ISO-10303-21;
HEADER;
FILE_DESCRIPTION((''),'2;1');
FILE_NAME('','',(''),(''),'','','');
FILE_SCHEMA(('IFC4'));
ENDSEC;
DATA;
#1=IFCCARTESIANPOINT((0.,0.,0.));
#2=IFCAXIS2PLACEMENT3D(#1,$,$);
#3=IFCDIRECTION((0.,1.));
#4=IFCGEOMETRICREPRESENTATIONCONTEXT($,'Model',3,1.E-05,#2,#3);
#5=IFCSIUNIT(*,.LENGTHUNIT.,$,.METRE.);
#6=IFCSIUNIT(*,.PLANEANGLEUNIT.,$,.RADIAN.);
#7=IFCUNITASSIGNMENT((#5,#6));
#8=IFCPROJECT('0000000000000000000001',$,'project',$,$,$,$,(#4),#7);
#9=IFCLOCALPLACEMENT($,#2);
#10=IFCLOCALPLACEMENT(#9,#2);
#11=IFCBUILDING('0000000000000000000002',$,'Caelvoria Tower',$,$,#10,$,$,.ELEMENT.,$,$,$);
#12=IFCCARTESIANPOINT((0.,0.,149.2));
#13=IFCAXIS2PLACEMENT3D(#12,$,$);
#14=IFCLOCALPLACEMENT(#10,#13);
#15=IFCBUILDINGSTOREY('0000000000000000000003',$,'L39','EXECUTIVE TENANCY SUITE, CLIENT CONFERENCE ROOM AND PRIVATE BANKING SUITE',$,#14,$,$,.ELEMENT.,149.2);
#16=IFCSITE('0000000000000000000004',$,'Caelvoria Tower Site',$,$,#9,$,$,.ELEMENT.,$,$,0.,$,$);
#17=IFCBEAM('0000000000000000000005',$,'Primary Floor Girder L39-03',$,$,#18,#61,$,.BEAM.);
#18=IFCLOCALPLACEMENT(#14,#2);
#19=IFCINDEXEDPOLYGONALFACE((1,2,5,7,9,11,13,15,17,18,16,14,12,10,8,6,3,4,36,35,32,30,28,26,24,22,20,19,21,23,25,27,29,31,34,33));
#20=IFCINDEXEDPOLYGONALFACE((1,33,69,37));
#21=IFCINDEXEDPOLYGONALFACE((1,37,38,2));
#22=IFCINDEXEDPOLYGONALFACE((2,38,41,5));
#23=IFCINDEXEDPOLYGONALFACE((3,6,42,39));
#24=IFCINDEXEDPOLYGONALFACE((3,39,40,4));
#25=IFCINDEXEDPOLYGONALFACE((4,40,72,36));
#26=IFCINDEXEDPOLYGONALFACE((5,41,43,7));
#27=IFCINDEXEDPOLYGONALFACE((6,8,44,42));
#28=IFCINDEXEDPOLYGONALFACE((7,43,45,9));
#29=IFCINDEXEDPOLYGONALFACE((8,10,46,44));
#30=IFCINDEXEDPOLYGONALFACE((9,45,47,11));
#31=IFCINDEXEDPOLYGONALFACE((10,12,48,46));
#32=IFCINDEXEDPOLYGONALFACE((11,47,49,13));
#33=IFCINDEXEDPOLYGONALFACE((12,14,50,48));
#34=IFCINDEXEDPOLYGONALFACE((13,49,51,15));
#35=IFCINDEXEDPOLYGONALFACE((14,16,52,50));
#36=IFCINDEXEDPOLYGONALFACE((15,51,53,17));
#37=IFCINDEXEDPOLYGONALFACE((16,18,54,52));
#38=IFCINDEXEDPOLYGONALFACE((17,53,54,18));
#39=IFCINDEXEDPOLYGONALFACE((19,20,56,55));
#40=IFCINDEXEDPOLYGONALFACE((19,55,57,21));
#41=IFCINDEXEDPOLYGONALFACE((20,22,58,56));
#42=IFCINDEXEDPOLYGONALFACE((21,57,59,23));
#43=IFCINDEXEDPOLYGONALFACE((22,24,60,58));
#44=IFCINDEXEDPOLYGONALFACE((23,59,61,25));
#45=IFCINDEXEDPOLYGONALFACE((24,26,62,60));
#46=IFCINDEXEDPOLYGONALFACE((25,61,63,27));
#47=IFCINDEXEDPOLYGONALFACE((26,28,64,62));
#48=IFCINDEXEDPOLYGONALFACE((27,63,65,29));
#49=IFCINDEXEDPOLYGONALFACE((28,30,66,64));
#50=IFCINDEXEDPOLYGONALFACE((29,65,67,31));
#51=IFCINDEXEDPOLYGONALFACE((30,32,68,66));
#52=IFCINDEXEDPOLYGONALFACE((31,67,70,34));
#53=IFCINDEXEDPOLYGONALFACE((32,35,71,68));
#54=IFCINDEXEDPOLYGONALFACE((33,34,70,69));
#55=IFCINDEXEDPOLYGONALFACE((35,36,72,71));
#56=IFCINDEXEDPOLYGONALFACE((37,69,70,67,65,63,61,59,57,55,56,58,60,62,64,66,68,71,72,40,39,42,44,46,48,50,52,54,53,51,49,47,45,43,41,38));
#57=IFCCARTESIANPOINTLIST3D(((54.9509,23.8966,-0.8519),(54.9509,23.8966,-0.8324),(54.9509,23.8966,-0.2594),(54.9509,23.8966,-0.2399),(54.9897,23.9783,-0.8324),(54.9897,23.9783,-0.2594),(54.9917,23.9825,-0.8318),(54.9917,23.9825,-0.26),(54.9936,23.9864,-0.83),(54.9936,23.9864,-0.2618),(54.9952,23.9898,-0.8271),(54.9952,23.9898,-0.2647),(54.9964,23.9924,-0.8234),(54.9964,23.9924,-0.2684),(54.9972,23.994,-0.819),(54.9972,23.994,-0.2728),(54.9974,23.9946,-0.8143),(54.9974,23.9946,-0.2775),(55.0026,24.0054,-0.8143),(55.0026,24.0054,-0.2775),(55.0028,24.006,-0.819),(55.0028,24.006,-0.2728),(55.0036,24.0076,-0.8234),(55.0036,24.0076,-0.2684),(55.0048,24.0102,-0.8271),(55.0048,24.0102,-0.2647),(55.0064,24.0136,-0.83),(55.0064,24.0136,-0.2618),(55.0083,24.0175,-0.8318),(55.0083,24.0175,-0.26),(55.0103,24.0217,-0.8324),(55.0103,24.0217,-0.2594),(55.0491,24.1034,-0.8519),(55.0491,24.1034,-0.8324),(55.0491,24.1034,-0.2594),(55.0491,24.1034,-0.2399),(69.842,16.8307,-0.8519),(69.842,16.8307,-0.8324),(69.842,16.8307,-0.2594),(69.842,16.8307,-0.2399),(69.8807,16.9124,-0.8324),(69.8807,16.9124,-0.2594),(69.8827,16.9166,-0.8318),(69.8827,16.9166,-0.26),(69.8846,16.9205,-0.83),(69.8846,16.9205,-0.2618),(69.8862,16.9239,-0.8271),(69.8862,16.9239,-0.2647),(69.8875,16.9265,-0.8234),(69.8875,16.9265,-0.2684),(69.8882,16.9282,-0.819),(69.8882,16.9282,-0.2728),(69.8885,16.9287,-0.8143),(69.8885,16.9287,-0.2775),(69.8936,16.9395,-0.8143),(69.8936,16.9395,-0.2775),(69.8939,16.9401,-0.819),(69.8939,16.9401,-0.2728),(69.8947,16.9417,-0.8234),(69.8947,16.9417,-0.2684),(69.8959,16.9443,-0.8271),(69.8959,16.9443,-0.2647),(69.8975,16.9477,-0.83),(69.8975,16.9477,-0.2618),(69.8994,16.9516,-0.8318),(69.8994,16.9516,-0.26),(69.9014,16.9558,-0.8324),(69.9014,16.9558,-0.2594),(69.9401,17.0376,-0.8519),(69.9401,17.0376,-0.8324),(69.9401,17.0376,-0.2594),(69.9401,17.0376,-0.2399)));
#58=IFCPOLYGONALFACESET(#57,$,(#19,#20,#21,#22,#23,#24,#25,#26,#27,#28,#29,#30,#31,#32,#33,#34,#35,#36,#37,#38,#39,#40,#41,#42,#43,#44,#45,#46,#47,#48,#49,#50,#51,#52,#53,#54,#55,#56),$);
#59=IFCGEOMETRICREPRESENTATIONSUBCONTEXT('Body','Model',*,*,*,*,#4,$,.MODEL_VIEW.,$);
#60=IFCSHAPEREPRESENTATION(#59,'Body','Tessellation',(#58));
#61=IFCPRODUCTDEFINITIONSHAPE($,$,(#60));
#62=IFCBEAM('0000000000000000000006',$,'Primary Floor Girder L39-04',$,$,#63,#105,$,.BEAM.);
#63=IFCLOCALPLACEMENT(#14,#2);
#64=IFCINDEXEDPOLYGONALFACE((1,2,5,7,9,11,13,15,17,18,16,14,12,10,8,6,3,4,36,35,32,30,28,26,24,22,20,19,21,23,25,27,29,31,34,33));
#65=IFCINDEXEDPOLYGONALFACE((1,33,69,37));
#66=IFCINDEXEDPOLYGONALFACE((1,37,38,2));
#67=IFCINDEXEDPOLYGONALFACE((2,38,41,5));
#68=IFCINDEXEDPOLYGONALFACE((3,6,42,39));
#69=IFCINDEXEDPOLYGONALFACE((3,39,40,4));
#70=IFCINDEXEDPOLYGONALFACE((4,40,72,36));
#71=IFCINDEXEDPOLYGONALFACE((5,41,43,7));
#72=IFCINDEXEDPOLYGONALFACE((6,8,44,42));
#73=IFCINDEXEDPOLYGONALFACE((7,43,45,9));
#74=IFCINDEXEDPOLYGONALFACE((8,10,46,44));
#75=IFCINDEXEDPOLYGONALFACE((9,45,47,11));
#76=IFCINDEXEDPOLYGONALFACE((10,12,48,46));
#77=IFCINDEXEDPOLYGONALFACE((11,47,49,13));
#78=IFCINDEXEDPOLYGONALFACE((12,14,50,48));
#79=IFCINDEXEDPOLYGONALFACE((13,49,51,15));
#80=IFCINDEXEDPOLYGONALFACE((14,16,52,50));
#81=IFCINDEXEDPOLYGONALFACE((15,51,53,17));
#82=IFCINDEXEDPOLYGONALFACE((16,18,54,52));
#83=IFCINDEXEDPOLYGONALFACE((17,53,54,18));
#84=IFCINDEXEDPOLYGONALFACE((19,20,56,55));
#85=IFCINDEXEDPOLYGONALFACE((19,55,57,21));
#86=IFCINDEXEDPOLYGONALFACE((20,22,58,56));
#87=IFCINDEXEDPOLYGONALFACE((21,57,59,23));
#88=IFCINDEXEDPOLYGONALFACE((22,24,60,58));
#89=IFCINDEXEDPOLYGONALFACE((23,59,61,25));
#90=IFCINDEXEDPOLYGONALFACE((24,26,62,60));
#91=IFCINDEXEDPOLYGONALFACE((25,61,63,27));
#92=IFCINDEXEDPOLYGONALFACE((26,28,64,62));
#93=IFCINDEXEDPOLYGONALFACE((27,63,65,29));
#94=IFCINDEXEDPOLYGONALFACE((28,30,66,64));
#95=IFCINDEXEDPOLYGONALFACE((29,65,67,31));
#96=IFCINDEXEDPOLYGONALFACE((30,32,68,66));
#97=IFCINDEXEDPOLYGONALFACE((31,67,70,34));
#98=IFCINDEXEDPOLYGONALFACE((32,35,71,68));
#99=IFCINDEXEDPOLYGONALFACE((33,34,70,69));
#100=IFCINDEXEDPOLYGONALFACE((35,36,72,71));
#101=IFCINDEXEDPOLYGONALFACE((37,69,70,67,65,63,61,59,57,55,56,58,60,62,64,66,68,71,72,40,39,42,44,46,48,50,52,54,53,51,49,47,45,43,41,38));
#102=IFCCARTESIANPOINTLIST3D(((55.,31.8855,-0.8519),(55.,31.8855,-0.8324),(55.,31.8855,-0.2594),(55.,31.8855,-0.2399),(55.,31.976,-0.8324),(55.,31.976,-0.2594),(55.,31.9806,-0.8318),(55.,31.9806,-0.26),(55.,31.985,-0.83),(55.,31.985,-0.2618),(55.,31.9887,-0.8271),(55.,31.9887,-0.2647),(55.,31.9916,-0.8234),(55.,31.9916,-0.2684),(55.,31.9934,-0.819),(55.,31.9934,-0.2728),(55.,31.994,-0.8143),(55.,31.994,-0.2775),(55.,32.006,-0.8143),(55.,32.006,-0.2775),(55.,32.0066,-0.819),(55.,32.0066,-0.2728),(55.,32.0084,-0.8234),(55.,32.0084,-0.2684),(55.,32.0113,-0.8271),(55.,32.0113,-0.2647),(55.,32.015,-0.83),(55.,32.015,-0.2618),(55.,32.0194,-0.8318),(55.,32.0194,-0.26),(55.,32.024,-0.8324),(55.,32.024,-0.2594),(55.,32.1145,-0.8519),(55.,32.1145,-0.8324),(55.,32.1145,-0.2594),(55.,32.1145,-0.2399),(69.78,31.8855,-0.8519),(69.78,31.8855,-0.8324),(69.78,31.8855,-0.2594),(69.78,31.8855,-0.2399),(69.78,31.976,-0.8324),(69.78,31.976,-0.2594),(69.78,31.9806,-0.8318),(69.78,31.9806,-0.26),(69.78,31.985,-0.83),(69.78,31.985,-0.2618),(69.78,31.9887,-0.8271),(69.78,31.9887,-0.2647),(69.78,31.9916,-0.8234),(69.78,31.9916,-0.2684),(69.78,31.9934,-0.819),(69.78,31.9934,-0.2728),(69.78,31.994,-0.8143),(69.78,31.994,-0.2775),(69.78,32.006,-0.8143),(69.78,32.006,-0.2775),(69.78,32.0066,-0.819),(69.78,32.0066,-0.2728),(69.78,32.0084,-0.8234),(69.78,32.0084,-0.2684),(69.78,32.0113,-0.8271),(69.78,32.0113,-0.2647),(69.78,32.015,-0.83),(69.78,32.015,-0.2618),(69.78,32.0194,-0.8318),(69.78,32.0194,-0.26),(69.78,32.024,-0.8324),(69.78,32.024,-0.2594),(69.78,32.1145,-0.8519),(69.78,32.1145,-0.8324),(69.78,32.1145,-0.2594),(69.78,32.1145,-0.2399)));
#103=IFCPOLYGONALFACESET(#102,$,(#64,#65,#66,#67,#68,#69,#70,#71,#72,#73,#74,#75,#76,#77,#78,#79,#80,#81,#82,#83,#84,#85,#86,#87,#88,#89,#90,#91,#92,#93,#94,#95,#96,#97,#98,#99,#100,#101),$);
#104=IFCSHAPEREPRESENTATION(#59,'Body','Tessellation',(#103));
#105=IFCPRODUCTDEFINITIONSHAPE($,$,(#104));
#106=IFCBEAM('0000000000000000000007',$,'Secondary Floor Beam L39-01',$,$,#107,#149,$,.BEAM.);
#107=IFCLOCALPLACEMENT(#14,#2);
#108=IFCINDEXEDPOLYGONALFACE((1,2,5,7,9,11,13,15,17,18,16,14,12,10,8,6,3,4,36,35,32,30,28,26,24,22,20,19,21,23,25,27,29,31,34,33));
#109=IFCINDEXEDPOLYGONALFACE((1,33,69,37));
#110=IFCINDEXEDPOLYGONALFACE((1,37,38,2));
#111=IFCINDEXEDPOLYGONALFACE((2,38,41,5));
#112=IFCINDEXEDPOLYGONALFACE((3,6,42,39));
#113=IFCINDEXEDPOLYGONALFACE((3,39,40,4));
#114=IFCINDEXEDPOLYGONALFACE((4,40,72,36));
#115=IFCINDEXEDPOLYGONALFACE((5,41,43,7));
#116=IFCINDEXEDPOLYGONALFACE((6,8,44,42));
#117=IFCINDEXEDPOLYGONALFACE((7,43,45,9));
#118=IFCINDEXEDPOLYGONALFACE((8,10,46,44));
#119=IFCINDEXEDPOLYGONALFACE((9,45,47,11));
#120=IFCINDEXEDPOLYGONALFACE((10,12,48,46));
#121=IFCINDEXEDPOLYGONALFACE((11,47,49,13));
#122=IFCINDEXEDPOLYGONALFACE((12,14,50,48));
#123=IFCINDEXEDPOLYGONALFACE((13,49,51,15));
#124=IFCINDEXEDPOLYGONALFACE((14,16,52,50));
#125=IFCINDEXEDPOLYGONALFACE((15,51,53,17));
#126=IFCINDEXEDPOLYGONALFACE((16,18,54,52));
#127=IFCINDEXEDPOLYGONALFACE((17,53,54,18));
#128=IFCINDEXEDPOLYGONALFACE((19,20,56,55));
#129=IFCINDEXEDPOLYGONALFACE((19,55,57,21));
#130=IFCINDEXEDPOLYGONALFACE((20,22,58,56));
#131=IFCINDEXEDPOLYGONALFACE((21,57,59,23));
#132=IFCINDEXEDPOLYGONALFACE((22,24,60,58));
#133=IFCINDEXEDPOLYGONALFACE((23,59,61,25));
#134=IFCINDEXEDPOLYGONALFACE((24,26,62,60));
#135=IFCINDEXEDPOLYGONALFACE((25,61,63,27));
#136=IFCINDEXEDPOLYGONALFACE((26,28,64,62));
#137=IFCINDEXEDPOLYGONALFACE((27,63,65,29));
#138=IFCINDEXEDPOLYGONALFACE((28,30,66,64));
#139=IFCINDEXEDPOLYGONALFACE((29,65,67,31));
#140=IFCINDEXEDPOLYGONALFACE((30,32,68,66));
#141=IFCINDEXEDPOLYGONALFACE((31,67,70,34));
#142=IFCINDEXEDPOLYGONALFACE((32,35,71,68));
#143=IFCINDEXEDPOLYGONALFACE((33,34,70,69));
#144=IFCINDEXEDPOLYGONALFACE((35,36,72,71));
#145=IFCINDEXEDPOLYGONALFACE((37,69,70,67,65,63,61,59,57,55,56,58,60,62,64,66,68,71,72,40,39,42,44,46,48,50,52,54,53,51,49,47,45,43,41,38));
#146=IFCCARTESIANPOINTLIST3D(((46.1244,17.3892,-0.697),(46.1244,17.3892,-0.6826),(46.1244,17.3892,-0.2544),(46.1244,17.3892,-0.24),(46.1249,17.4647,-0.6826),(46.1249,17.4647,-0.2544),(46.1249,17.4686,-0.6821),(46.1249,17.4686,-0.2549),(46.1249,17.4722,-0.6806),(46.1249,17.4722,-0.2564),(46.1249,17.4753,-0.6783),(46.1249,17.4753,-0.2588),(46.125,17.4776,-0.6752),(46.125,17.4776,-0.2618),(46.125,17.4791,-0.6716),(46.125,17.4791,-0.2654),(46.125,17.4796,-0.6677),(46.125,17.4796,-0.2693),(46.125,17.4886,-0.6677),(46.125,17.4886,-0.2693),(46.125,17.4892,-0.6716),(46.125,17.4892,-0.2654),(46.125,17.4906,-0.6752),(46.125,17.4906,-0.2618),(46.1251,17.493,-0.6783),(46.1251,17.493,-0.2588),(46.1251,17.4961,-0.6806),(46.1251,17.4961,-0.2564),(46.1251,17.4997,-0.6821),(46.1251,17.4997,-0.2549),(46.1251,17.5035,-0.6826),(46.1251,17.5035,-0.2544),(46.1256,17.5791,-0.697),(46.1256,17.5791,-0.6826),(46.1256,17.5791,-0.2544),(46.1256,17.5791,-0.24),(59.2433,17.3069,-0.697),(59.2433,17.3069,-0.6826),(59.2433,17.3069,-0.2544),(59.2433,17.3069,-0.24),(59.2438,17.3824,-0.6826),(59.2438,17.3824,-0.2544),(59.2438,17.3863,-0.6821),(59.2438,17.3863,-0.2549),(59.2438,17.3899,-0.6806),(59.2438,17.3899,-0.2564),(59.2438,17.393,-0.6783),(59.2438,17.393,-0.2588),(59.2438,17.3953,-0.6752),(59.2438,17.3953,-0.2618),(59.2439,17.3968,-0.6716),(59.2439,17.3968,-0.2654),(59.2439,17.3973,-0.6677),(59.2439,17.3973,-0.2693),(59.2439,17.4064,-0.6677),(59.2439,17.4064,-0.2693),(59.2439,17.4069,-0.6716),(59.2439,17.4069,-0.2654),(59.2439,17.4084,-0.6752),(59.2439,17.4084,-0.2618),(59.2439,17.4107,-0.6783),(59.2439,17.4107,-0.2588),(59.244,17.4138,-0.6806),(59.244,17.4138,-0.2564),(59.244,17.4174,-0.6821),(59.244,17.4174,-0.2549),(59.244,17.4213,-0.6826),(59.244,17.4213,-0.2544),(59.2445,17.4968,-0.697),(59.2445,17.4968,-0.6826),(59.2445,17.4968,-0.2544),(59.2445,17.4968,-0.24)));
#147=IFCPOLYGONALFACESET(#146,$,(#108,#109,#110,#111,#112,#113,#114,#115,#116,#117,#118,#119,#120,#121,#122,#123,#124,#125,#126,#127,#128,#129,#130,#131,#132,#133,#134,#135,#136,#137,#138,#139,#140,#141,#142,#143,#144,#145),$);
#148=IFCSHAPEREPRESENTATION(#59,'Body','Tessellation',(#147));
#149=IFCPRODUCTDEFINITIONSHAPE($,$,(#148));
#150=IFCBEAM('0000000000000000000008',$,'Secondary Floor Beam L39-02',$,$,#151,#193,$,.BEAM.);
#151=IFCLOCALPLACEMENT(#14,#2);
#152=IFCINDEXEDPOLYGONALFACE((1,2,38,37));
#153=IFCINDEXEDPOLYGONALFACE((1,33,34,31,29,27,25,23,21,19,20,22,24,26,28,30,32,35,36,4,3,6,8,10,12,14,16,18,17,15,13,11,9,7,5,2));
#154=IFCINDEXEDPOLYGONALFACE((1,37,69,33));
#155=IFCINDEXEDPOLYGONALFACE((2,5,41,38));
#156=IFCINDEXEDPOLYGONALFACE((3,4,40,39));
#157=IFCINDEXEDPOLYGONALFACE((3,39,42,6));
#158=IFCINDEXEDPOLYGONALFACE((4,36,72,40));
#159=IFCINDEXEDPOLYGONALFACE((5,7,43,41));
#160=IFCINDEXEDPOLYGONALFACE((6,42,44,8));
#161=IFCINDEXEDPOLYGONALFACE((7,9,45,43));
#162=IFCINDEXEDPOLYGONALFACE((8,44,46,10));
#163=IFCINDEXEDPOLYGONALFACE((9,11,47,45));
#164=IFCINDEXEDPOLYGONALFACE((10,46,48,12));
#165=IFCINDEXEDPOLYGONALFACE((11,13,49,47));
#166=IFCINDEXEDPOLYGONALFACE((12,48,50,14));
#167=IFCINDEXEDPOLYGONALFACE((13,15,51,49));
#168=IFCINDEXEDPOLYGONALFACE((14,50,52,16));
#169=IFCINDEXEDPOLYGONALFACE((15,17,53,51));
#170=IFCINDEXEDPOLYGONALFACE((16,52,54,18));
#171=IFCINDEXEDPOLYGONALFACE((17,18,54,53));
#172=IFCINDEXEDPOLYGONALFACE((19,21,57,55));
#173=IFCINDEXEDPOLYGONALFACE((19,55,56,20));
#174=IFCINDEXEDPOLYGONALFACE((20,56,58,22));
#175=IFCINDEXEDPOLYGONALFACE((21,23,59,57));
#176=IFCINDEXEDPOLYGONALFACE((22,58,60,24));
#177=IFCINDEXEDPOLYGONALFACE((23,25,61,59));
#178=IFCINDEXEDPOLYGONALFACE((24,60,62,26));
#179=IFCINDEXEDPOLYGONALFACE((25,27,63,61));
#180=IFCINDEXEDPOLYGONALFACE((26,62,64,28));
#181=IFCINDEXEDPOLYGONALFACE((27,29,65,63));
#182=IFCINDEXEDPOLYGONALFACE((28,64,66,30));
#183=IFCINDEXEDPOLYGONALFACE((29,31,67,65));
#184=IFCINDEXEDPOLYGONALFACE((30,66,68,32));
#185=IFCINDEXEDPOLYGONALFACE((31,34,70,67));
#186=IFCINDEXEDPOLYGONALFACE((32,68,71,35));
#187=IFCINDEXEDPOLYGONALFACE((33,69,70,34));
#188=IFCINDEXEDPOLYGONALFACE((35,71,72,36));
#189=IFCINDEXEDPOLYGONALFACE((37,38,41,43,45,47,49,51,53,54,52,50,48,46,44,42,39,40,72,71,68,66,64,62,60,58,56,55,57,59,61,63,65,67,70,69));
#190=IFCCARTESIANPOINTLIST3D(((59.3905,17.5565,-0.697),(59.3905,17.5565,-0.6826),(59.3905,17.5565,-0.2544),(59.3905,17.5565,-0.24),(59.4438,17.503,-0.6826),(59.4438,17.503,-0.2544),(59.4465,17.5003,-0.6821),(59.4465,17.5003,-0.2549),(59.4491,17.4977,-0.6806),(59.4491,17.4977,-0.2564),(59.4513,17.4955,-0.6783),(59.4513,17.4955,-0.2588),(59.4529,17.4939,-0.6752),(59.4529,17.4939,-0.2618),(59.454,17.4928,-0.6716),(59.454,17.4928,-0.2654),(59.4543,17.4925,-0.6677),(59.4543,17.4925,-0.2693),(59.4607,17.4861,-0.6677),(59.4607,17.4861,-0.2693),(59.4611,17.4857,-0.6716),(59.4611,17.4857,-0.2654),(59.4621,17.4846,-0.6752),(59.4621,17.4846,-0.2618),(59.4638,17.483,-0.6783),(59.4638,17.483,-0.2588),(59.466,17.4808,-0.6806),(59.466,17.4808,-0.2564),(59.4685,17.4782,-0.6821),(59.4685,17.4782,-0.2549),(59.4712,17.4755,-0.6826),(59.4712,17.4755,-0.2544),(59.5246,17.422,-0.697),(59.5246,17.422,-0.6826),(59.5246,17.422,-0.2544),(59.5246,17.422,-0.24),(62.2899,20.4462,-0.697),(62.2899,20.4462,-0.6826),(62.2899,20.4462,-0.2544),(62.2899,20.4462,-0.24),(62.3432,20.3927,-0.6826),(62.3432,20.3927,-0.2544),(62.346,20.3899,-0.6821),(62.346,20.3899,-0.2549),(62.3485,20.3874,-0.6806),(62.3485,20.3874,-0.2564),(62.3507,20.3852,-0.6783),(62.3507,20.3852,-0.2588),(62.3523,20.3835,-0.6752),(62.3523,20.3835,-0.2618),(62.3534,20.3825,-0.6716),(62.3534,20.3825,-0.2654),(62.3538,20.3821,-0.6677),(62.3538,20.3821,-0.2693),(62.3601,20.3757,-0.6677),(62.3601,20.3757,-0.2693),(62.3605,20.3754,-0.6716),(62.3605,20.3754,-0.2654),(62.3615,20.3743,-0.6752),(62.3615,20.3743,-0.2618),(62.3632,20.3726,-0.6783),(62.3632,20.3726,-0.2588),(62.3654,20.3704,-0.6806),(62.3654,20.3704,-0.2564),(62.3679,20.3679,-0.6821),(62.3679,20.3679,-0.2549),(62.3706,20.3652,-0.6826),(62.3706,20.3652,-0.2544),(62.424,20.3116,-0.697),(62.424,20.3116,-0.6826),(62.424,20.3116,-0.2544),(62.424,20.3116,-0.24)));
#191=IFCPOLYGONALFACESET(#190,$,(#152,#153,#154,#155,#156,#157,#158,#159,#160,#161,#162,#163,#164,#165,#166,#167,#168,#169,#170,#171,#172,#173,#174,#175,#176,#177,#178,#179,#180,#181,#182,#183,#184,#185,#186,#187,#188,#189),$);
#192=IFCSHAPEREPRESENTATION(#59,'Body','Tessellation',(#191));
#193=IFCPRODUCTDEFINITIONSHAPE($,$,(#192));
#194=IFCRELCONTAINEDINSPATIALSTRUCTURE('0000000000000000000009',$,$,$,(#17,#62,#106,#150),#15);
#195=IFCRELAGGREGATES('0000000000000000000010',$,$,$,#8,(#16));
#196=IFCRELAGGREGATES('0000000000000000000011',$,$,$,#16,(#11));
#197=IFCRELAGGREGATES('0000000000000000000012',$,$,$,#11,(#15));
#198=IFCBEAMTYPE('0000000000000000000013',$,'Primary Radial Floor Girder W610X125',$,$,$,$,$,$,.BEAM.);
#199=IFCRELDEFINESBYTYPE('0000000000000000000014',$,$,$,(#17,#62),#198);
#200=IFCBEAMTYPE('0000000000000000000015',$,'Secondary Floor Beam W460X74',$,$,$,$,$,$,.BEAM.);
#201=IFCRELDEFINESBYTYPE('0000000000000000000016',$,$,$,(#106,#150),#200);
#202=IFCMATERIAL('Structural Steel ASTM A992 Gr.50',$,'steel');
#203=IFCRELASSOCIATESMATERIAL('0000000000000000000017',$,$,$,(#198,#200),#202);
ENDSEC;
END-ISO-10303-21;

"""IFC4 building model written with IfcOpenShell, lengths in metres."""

from ifc_helpers import new_model, si_unit, direction, frame, origin, origin_2d, place, context, subcontext, project, spatial, i_section, extrude, material, material_profile, profile_set, type_object, element, save


model = new_model("IFC4")

# Units and contexts
model_context = context("Model", 3, precision=1e-05, world=origin(), true_north=direction((0.0, 1.0)))
body_context = subcontext(model_context, "Body", "Model", "MODEL_VIEW")
ifc_project = project(units=[si_unit("LENGTHUNIT", "METRE"), si_unit("PLANEANGLEUNIT", "RADIAN")], contexts=[model_context])

# Site, building, storey
site_placement = place(None, origin())
site = spatial("IfcSite", under=ifc_project, at=site_placement, Name="Caelvoria Tower Site", CompositionType="ELEMENT", RefElevation=0.0)
building_placement = place(site_placement, origin())
building = spatial("IfcBuilding", under=site, at=building_placement, Name="Caelvoria Tower", CompositionType="ELEMENT")
storey_placement = place(building_placement, frame((0.0, 0.0, 149.2)))
storey = spatial("IfcBuildingStorey", under=building, at=storey_placement, Name="L39", Description="EXECUTIVE TENANCY SUITE, CLIENT CONFERENCE ROOM AND PRIVATE BANKING SUITE", CompositionType="ELEMENT", Elevation=149.2)

# Shared definitions
ifc_material_1 = material(Name="Structural Steel ASTM A992 Gr.50", Category="steel")

# Beams
ifc_material_profile_1 = material_profile(ifc_material_1, i_section(OverallWidth=0.229, OverallDepth=0.6121, WebThickness=0.012, FlangeThickness=0.0195, FilletRadius=0.0181, at=origin_2d()), Name="Structural Steel ASTM A992 Gr.50")
ifc_profile_set_1 = profile_set([ifc_material_profile_1], Name="W610X125 - Structural Steel ASTM A992 Gr.50")
beam_type_1 = type_object("IfcBeamType", Name="Primary Radial Floor Girder W610X125", PredefinedType="BEAM", material=ifc_profile_set_1)
beam_1_placement = place(storey_placement, frame((55.0, 24.0, -0.5459), z_axis=(0.903451, -0.428692, 0.0), x_axis=(0.428692, 0.903451, 0.0)))
element("IfcBeam", 1, at=beam_1_placement, inside=storey, type_object=beam_type_1, Name="Primary Floor Girder L39-03", PredefinedType="BEAM", context=body_context, shape_type="SweptSolid", body=[
    extrude(i_section(OverallWidth=0.229, OverallDepth=0.6121, WebThickness=0.012, FlangeThickness=0.0195, FilletRadius=0.0181, at=origin_2d()), origin(), (0.0, 0.0, 1.0), 16.4824),
])
beam_2_placement = place(storey_placement, frame((55.0, 32.0, -0.5459), z_axis=(1.0, 0.0, 0.0), x_axis=(0.0, 1.0, 0.0)))
element("IfcBeam", 2, at=beam_2_placement, inside=storey, type_object=beam_type_1, Name="Primary Floor Girder L39-04", PredefinedType="BEAM", context=body_context, shape_type="SweptSolid", body=[
    extrude(i_section(OverallWidth=0.229, OverallDepth=0.6121, WebThickness=0.012, FlangeThickness=0.0195, FilletRadius=0.0181, at=origin_2d()), origin(), (0.0, 0.0, 1.0), 14.78),
])
ifc_material_profile_2 = material_profile(ifc_material_1, i_section(OverallWidth=0.1899, OverallDepth=0.457, WebThickness=0.009, FlangeThickness=0.0144, FilletRadius=0.0149, at=origin_2d()), Name="Structural Steel ASTM A992 Gr.50")
ifc_profile_set_2 = profile_set([ifc_material_profile_2], Name="W460X74 - Structural Steel ASTM A992 Gr.50")
beam_type_2 = type_object("IfcBeamType", Name="Secondary Floor Beam W460X74", PredefinedType="BEAM", material=ifc_profile_set_2)
beam_3_placement = place(storey_placement, frame((46.125, 17.4841, -0.4685), z_axis=(0.99998, -0.006271, 0.0), x_axis=(0.006271, 0.99998, 0.0)))
element("IfcBeam", 3, at=beam_3_placement, inside=storey, type_object=beam_type_2, Name="Secondary Floor Beam L39-01", PredefinedType="BEAM", context=body_context, shape_type="SweptSolid", body=[
    extrude(i_section(OverallWidth=0.1899, OverallDepth=0.457, WebThickness=0.009, FlangeThickness=0.0144, FilletRadius=0.0149, at=origin_2d()), origin(), (0.0, 0.0, 1.0), 13.1191),
])
beam_4_placement = place(storey_placement, frame((59.4575, 17.4893, -0.4685), z_axis=(0.708299, 0.705913, 0.0), x_axis=(-0.705913, 0.708299, 0.0)))
element("IfcBeam", 4, at=beam_4_placement, inside=storey, type_object=beam_type_2, Name="Secondary Floor Beam L39-02", PredefinedType="BEAM", context=body_context, shape_type="SweptSolid", body=[
    extrude(i_section(OverallWidth=0.1899, OverallDepth=0.457, WebThickness=0.009, FlangeThickness=0.0144, FilletRadius=0.0149, at=origin_2d()), origin(), (0.0, 0.0, 1.0), 4.0935),
])

save(model, "model.ifc")
